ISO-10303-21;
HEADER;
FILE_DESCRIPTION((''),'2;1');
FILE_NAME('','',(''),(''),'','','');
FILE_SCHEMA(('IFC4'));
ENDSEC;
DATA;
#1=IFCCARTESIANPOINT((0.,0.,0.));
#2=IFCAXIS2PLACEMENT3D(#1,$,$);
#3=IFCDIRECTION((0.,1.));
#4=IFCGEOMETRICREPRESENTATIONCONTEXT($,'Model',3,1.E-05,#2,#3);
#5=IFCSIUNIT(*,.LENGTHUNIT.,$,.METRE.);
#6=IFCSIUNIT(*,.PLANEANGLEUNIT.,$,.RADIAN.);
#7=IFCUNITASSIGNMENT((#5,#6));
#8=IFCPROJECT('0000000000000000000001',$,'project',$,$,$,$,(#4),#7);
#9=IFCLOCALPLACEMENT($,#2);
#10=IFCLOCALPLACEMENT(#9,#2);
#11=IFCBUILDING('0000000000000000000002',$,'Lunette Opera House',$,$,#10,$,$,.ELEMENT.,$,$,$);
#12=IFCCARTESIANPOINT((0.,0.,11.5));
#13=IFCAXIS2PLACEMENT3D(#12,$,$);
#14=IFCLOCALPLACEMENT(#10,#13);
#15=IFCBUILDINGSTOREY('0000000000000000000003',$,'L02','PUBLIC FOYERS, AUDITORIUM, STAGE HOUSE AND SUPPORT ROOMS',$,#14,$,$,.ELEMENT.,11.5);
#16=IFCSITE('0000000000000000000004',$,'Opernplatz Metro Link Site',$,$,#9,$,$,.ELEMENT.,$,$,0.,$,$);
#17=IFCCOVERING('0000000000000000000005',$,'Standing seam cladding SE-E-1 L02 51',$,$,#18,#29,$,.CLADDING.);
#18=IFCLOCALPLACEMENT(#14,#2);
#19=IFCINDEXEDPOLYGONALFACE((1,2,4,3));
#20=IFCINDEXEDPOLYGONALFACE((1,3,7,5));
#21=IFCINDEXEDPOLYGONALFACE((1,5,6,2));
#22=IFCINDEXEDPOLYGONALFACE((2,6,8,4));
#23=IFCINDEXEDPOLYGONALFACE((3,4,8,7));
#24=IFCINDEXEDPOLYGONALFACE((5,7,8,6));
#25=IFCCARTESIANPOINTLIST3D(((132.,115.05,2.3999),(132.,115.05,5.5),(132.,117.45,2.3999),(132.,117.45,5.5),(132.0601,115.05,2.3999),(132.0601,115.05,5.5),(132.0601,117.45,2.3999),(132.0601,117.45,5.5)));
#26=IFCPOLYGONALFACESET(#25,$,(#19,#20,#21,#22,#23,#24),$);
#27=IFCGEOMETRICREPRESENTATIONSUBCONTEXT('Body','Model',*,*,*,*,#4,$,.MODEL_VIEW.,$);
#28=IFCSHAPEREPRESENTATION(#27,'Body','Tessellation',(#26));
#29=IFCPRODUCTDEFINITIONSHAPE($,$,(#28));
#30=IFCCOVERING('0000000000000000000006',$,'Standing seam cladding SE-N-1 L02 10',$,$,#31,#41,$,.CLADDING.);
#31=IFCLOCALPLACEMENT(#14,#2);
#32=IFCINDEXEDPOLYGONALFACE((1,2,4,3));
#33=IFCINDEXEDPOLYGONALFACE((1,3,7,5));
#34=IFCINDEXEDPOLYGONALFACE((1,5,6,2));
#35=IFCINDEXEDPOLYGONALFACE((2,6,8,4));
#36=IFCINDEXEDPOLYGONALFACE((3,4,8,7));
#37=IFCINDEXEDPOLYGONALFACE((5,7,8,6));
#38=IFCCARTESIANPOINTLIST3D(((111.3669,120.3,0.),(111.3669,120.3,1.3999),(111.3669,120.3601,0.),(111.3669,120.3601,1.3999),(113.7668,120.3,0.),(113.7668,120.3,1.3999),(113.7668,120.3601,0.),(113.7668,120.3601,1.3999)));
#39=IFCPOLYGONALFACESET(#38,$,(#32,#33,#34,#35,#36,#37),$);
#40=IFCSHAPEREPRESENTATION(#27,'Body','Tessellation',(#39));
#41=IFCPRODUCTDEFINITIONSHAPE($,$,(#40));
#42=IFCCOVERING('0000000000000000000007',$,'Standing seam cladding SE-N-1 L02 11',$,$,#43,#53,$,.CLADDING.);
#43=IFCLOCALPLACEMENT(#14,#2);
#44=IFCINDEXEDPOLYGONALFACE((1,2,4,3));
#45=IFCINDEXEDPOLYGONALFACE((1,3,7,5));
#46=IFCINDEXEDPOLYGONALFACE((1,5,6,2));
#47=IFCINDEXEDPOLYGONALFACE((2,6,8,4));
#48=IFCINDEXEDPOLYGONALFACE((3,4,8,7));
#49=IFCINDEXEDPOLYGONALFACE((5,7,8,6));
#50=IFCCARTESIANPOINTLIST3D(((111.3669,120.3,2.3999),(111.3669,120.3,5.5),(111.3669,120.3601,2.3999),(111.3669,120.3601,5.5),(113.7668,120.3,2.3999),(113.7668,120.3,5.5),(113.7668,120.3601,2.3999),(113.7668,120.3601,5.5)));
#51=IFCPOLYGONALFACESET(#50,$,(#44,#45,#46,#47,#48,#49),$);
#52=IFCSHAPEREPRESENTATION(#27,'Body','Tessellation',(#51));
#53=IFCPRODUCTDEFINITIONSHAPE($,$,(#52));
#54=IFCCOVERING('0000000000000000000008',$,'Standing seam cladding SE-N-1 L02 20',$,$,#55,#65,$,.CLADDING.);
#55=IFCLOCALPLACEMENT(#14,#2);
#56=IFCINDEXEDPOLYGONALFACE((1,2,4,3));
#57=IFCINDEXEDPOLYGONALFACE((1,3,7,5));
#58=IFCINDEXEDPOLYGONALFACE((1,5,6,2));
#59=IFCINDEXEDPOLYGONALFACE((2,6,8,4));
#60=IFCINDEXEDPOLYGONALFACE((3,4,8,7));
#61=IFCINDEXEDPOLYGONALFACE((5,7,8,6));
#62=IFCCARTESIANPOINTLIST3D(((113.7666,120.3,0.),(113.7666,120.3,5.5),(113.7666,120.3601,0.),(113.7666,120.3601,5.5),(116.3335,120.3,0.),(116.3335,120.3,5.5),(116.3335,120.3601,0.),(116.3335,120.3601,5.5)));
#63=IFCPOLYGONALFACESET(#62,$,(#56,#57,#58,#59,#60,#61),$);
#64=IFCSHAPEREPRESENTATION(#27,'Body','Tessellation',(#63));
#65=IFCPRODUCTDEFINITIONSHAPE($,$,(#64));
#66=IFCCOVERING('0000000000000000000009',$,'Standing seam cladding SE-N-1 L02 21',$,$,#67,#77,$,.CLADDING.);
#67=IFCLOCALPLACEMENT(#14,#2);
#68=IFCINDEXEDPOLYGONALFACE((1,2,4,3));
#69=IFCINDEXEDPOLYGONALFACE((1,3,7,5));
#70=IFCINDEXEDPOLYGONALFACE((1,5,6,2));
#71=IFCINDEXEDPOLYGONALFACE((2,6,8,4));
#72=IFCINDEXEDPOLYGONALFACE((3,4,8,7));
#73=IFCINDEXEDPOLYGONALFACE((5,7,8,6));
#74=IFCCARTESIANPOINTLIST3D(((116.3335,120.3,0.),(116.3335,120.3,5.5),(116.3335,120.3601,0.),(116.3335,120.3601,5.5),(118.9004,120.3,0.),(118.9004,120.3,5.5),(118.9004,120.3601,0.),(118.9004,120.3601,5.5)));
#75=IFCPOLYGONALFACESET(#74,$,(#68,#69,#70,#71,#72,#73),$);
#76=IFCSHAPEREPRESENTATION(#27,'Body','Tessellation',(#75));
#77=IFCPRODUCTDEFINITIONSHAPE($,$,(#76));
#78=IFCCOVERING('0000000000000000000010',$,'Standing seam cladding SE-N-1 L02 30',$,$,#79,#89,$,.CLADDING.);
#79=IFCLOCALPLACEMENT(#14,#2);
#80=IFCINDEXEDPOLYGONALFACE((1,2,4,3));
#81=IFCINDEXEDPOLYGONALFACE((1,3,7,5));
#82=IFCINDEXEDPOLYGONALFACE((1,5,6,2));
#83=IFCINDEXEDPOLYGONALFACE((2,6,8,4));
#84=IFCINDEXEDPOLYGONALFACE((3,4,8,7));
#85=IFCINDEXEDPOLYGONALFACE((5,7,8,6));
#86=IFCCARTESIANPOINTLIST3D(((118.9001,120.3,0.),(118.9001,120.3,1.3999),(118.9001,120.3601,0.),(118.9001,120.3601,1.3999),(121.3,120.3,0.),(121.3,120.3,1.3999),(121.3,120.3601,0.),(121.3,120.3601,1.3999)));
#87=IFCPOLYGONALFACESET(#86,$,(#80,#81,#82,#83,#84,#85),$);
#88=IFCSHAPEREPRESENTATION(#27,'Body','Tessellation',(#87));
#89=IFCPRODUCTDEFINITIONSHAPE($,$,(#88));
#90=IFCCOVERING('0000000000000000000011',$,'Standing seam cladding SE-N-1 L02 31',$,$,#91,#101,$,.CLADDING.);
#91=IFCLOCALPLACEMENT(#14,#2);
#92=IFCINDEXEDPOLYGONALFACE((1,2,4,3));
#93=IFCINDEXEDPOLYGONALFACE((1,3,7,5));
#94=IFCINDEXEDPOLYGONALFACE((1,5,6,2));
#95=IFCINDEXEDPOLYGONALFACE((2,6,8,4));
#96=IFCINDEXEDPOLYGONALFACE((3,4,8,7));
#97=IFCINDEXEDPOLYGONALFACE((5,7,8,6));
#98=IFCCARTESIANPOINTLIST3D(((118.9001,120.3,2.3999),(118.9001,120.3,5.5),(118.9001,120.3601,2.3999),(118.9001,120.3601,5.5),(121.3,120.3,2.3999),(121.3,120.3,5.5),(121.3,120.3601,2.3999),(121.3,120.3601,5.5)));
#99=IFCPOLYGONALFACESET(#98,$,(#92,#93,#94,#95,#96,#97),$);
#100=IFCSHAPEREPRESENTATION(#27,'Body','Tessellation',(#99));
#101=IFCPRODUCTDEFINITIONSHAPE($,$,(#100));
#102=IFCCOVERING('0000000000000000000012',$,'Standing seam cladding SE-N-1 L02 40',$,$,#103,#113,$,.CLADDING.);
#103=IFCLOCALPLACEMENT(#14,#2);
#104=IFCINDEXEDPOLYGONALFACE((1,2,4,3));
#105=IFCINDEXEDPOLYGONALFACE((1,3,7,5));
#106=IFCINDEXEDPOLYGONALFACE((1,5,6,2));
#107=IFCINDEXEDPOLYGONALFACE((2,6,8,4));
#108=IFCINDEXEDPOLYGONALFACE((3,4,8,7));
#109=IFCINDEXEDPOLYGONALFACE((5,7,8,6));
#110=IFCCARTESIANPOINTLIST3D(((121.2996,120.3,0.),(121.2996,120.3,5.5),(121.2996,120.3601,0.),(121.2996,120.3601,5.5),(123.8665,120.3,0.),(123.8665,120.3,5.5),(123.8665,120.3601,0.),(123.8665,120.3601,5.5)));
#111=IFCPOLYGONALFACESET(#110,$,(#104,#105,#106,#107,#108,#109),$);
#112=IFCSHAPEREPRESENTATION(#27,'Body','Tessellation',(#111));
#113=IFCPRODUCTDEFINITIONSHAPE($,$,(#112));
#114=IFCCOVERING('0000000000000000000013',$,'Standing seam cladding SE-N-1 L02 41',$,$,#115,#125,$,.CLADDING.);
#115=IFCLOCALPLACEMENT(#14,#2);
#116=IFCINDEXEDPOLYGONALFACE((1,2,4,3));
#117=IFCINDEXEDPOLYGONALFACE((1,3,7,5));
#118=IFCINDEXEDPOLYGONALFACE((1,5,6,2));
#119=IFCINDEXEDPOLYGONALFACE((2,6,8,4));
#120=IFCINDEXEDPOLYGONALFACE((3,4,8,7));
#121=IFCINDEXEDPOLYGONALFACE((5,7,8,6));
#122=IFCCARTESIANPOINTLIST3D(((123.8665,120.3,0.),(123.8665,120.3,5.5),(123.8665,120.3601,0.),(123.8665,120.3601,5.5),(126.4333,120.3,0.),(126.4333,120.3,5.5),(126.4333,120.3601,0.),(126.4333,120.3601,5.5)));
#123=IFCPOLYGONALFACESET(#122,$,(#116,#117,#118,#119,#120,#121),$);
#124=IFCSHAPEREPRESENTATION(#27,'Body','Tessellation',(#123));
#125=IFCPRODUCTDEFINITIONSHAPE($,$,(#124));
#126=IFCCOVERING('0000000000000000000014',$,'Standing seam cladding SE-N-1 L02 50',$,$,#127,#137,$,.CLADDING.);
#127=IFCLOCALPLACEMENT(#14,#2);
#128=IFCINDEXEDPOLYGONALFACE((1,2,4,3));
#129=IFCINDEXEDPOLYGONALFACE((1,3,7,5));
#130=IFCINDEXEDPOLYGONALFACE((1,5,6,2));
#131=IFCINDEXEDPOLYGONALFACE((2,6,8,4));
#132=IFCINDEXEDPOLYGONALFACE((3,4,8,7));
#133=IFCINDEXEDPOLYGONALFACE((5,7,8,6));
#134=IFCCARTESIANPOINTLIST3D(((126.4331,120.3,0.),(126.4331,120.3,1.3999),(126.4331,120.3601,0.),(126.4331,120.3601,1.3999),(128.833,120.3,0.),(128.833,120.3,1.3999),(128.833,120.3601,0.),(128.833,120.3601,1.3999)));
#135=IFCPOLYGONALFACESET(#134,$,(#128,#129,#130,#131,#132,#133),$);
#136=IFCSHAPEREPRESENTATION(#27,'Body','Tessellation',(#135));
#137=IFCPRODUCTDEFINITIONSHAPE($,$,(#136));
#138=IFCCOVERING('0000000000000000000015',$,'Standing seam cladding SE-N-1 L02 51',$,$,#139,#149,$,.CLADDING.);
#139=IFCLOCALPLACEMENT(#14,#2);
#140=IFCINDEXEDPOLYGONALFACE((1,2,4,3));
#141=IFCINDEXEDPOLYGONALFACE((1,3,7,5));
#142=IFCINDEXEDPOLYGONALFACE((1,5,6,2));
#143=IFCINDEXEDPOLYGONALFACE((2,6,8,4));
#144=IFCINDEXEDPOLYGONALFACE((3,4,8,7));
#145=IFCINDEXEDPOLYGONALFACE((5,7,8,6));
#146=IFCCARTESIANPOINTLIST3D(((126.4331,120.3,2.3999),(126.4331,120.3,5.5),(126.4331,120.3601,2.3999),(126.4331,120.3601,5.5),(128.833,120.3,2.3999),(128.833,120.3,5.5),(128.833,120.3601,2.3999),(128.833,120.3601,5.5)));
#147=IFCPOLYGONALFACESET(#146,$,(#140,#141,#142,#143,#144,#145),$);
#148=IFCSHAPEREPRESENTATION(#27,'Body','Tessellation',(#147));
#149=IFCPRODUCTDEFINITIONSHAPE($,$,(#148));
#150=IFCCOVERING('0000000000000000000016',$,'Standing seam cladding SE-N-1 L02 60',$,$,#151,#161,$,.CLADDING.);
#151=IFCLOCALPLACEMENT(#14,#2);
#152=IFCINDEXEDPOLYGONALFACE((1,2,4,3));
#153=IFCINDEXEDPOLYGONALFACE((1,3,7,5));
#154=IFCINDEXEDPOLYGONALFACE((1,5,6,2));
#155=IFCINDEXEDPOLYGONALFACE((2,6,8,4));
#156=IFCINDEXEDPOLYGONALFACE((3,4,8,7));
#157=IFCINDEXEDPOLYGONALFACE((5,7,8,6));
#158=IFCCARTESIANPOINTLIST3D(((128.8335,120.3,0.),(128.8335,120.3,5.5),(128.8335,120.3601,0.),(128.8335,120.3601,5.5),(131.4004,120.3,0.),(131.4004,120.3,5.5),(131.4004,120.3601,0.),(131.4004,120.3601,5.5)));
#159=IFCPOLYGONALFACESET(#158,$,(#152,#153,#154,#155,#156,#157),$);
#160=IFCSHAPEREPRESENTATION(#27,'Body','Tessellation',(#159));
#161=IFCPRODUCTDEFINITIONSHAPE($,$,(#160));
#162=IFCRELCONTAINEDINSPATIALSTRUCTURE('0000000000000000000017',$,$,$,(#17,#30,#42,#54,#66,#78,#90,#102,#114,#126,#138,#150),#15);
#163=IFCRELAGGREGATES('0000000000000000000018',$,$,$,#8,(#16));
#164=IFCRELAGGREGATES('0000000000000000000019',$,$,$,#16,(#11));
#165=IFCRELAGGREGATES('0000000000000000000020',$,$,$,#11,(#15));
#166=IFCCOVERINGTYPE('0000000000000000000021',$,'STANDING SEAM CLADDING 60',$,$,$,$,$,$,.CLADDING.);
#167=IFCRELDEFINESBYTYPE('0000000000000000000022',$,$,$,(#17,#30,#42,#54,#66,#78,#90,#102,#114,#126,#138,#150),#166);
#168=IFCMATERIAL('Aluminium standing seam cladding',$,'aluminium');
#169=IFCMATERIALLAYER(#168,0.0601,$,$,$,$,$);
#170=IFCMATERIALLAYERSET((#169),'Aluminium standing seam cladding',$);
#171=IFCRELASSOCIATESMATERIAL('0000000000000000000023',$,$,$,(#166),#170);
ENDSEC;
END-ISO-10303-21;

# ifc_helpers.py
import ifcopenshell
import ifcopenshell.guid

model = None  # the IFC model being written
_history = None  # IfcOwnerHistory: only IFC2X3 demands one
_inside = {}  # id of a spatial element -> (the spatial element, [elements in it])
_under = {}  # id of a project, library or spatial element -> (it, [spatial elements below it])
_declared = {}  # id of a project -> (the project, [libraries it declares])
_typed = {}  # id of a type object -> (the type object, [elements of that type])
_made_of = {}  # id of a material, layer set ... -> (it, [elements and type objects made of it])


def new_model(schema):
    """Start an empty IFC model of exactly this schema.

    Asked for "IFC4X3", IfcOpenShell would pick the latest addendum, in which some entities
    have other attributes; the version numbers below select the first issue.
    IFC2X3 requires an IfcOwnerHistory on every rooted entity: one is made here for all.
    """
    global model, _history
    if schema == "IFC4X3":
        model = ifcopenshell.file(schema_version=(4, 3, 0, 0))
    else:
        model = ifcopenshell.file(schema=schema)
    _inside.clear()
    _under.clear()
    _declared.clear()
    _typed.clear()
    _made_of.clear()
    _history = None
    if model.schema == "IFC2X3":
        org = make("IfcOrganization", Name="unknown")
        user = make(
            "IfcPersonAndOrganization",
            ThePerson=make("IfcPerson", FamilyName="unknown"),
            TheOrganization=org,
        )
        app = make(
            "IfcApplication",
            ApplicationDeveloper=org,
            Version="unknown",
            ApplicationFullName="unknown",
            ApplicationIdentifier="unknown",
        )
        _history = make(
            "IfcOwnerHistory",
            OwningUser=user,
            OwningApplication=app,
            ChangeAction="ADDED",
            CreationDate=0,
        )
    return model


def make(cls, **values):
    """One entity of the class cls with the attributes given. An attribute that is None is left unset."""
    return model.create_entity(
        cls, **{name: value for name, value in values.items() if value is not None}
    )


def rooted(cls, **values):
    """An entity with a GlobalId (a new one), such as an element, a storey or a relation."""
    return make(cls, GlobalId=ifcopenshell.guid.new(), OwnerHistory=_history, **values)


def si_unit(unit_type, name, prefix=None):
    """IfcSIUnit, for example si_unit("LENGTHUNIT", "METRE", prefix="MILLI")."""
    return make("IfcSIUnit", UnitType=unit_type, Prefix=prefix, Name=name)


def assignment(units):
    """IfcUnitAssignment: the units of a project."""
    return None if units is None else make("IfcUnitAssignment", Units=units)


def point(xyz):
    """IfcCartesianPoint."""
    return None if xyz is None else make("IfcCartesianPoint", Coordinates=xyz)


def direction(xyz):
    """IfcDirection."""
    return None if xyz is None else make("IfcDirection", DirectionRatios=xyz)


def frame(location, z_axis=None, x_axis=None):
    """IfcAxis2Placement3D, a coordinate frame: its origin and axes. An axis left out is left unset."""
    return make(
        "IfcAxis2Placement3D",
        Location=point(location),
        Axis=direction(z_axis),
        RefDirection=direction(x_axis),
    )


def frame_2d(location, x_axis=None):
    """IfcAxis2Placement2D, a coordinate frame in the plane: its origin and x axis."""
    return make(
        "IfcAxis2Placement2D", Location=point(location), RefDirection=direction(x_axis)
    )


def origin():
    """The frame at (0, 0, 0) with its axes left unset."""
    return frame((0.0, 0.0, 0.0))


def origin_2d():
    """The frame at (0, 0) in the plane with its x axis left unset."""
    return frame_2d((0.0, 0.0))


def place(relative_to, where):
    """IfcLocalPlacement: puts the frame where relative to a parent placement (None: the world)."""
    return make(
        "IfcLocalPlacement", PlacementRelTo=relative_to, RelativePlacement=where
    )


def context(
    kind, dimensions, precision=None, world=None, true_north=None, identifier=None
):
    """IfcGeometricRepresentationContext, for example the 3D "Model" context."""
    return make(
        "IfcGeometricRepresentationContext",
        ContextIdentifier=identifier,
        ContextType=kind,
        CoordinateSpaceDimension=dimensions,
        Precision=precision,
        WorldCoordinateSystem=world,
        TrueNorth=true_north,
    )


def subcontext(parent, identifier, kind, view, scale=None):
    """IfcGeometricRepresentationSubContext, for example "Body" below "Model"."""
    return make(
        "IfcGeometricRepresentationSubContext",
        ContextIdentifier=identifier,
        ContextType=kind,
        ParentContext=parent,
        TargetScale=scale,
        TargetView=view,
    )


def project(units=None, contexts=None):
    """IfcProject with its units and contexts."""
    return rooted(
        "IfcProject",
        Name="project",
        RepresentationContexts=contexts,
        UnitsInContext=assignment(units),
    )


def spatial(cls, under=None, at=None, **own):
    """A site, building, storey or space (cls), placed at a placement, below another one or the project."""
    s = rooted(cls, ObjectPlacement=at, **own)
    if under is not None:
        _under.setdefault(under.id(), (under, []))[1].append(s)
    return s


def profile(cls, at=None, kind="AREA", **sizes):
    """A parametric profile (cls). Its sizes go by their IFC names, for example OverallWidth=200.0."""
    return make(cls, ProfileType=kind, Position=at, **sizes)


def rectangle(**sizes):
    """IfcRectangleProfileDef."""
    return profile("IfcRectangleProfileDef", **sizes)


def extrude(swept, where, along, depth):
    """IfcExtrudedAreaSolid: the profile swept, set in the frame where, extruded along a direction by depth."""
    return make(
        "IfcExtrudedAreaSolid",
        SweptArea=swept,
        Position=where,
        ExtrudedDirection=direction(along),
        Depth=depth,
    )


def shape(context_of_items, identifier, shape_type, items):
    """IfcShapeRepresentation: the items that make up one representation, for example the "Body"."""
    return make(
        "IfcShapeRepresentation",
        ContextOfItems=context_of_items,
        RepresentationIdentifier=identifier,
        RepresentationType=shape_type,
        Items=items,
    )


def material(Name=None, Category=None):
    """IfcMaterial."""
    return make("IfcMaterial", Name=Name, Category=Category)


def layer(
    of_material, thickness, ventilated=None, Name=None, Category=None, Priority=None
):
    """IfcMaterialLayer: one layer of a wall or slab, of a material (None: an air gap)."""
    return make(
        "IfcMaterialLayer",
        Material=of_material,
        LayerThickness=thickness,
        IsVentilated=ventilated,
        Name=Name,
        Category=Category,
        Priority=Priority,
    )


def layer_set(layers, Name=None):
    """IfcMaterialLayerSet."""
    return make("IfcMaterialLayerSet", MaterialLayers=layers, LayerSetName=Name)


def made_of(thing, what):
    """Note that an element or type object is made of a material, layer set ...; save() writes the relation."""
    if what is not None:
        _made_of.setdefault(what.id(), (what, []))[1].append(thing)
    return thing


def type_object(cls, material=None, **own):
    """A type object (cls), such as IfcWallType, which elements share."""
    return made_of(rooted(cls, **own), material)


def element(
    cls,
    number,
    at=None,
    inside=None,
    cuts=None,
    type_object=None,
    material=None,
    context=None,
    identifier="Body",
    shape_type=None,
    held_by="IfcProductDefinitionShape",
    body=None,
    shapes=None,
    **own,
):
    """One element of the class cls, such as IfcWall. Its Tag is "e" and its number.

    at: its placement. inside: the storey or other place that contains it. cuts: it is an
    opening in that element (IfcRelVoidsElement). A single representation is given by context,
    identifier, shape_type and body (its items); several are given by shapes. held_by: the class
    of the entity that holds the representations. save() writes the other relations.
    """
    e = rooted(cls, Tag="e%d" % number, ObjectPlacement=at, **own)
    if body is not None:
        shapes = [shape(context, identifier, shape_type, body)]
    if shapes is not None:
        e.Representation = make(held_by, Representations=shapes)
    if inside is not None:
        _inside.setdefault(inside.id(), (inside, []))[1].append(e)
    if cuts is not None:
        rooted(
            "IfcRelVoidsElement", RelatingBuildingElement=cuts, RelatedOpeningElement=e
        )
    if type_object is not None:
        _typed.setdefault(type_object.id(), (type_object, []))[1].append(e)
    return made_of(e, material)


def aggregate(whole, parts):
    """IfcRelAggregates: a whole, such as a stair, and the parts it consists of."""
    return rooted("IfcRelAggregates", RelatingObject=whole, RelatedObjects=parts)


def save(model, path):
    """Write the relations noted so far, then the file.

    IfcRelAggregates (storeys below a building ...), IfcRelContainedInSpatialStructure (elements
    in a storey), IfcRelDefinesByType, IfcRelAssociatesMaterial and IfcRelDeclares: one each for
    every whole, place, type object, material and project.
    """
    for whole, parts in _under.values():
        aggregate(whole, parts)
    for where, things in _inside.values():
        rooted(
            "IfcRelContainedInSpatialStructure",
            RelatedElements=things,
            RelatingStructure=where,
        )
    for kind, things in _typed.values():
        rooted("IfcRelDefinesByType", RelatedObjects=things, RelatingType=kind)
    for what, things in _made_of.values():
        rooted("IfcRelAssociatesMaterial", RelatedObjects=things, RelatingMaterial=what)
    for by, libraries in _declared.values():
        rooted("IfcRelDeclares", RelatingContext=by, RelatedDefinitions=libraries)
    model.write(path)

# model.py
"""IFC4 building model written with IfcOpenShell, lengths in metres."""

from ifc_helpers import new_model, si_unit, direction, frame, origin, origin_2d, place, context, subcontext, project, spatial, rectangle, extrude, material, layer, layer_set, type_object, element, save


model = new_model("IFC4")

# Units and contexts
model_context = context("Model", 3, precision=1e-05, world=origin(), true_north=direction((0.0, 1.0)))
body_context = subcontext(model_context, "Body", "Model", "MODEL_VIEW")
ifc_project = project(units=[si_unit("LENGTHUNIT", "METRE"), si_unit("PLANEANGLEUNIT", "RADIAN")], contexts=[model_context])

# Site, building, storey
site_placement = place(None, origin())
site = spatial("IfcSite", under=ifc_project, at=site_placement, Name="Opernplatz Metro Link Site", CompositionType="ELEMENT", RefElevation=0.0)
building_placement = place(site_placement, origin())
building = spatial("IfcBuilding", under=site, at=building_placement, Name="Lunette Opera House", CompositionType="ELEMENT")
storey_placement = place(building_placement, frame((0.0, 0.0, 11.5)))
storey = spatial("IfcBuildingStorey", under=building, at=storey_placement, Name="L02", Description="PUBLIC FOYERS, AUDITORIUM, STAGE HOUSE AND SUPPORT ROOMS", CompositionType="ELEMENT", Elevation=11.5)

# Coverings
ifc_material_1 = material(Name="Aluminium standing seam cladding", Category="aluminium")
ifc_layer_1 = layer(ifc_material_1, 0.0601)
ifc_layer_set_1 = layer_set([ifc_layer_1], Name="Aluminium standing seam cladding")
covering_type = type_object("IfcCoveringType", Name="STANDING SEAM CLADDING 60", PredefinedType="CLADDING", material=ifc_layer_set_1)
covering_1_placement = place(storey_placement, frame((132.03, 116.25, 2.3999), z_axis=(0.0, 0.0, 1.0), x_axis=(0.0, 1.0, 0.0)))
element("IfcCovering", 1, at=covering_1_placement, inside=storey, type_object=covering_type, Name="Standing seam cladding SE-E-1 L02 51", PredefinedType="CLADDING", context=body_context, shape_type="SweptSolid", body=[
    extrude(rectangle(XDim=2.3999, YDim=0.0601, at=origin_2d()), origin(), (0.0, 0.0, 1.0), 3.1001),
])
covering_2_placement = place(storey_placement, frame((112.5669, 120.3301, 0.0), z_axis=(0.0, 0.0, 1.0), x_axis=(1.0, 0.0, 0.0)))
element("IfcCovering", 2, at=covering_2_placement, inside=storey, type_object=covering_type, Name="Standing seam cladding SE-N-1 L02 10", PredefinedType="CLADDING", context=body_context, shape_type="SweptSolid", body=[
    extrude(rectangle(XDim=2.3999, YDim=0.0601, at=origin_2d()), origin(), (0.0, 0.0, 1.0), 1.3999),
])
covering_3_placement = place(storey_placement, frame((112.5669, 120.3301, 2.3999), z_axis=(0.0, 0.0, 1.0), x_axis=(1.0, 0.0, 0.0)))
element("IfcCovering", 3, at=covering_3_placement, inside=storey, type_object=covering_type, Name="Standing seam cladding SE-N-1 L02 11", PredefinedType="CLADDING", context=body_context, shape_type="SweptSolid", body=[
    extrude(rectangle(XDim=2.3999, YDim=0.0601, at=origin_2d()), origin(), (0.0, 0.0, 1.0), 3.1001),
])
for number, where, z_axis, x_axis, name in (
    (4, (115.05, 120.3301, 0.0), (0.0, 0.0, 1.0), (1.0, 0.0, 0.0), "Standing seam cladding SE-N-1 L02 20"),
    (5, (117.6169, 120.3301, 0.0), (0.0, 0.0, 1.0), (1.0, 0.0, 0.0), "Standing seam cladding SE-N-1 L02 21"),
):
    element("IfcCovering", number, at=place(storey_placement, frame(where, z_axis=z_axis, x_axis=x_axis)), inside=storey, type_object=covering_type, Name=name, PredefinedType="CLADDING", context=body_context, shape_type="SweptSolid", body=[
        extrude(rectangle(XDim=2.5669, YDim=0.0601, at=origin_2d()), origin(), (0.0, 0.0, 1.0), 5.5),
    ])
covering_4_placement = place(storey_placement, frame((120.1001, 120.3301, 0.0), z_axis=(0.0, 0.0, 1.0), x_axis=(1.0, 0.0, 0.0)))
element("IfcCovering", 6, at=covering_4_placement, inside=storey, type_object=covering_type, Name="Standing seam cladding SE-N-1 L02 30", PredefinedType="CLADDING", context=body_context, shape_type="SweptSolid", body=[
    extrude(rectangle(XDim=2.3999, YDim=0.0601, at=origin_2d()), origin(), (0.0, 0.0, 1.0), 1.3999),
])
covering_5_placement = place(storey_placement, frame((120.1001, 120.3301, 2.3999), z_axis=(0.0, 0.0, 1.0), x_axis=(1.0, 0.0, 0.0)))
element("IfcCovering", 7, at=covering_5_placement, inside=storey, type_object=covering_type, Name="Standing seam cladding SE-N-1 L02 31", PredefinedType="CLADDING", context=body_context, shape_type="SweptSolid", body=[
    extrude(rectangle(XDim=2.3999, YDim=0.0601, at=origin_2d()), origin(), (0.0, 0.0, 1.0), 3.1001),
])
for number, where, z_axis, x_axis, name in (
    (8, (122.583, 120.3301, 0.0), (0.0, 0.0, 1.0), (1.0, 0.0, 0.0), "Standing seam cladding SE-N-1 L02 40"),
    (9, (125.1499, 120.3301, 0.0), (0.0, 0.0, 1.0), (1.0, 0.0, 0.0), "Standing seam cladding SE-N-1 L02 41"),
):
    element("IfcCovering", number, at=place(storey_placement, frame(where, z_axis=z_axis, x_axis=x_axis)), inside=storey, type_object=covering_type, Name=name, PredefinedType="CLADDING", context=body_context, shape_type="SweptSolid", body=[
        extrude(rectangle(XDim=2.5669, YDim=0.0601, at=origin_2d()), origin(), (0.0, 0.0, 1.0), 5.5),
    ])
covering_6_placement = place(storey_placement, frame((127.6331, 120.3301, 0.0), z_axis=(0.0, 0.0, 1.0), x_axis=(1.0, 0.0, 0.0)))
element("IfcCovering", 10, at=covering_6_placement, inside=storey, type_object=covering_type, Name="Standing seam cladding SE-N-1 L02 50", PredefinedType="CLADDING", context=body_context, shape_type="SweptSolid", body=[
    extrude(rectangle(XDim=2.3999, YDim=0.0601, at=origin_2d()), origin(), (0.0, 0.0, 1.0), 1.3999),
])
covering_7_placement = place(storey_placement, frame((127.6331, 120.3301, 2.3999), z_axis=(0.0, 0.0, 1.0), x_axis=(1.0, 0.0, 0.0)))
element("IfcCovering", 11, at=covering_7_placement, inside=storey, type_object=covering_type, Name="Standing seam cladding SE-N-1 L02 51", PredefinedType="CLADDING", context=body_context, shape_type="SweptSolid", body=[
    extrude(rectangle(XDim=2.3999, YDim=0.0601, at=origin_2d()), origin(), (0.0, 0.0, 1.0), 3.1001),
])
covering_8_placement = place(storey_placement, frame((130.1169, 120.3301, 0.0), z_axis=(0.0, 0.0, 1.0), x_axis=(1.0, 0.0, 0.0)))
element("IfcCovering", 12, at=covering_8_placement, inside=storey, type_object=covering_type, Name="Standing seam cladding SE-N-1 L02 60", PredefinedType="CLADDING", context=body_context, shape_type="SweptSolid", body=[
    extrude(rectangle(XDim=2.5669, YDim=0.0601, at=origin_2d()), origin(), (0.0, 0.0, 1.0), 5.5),
])

save(model, "model.ifc")
